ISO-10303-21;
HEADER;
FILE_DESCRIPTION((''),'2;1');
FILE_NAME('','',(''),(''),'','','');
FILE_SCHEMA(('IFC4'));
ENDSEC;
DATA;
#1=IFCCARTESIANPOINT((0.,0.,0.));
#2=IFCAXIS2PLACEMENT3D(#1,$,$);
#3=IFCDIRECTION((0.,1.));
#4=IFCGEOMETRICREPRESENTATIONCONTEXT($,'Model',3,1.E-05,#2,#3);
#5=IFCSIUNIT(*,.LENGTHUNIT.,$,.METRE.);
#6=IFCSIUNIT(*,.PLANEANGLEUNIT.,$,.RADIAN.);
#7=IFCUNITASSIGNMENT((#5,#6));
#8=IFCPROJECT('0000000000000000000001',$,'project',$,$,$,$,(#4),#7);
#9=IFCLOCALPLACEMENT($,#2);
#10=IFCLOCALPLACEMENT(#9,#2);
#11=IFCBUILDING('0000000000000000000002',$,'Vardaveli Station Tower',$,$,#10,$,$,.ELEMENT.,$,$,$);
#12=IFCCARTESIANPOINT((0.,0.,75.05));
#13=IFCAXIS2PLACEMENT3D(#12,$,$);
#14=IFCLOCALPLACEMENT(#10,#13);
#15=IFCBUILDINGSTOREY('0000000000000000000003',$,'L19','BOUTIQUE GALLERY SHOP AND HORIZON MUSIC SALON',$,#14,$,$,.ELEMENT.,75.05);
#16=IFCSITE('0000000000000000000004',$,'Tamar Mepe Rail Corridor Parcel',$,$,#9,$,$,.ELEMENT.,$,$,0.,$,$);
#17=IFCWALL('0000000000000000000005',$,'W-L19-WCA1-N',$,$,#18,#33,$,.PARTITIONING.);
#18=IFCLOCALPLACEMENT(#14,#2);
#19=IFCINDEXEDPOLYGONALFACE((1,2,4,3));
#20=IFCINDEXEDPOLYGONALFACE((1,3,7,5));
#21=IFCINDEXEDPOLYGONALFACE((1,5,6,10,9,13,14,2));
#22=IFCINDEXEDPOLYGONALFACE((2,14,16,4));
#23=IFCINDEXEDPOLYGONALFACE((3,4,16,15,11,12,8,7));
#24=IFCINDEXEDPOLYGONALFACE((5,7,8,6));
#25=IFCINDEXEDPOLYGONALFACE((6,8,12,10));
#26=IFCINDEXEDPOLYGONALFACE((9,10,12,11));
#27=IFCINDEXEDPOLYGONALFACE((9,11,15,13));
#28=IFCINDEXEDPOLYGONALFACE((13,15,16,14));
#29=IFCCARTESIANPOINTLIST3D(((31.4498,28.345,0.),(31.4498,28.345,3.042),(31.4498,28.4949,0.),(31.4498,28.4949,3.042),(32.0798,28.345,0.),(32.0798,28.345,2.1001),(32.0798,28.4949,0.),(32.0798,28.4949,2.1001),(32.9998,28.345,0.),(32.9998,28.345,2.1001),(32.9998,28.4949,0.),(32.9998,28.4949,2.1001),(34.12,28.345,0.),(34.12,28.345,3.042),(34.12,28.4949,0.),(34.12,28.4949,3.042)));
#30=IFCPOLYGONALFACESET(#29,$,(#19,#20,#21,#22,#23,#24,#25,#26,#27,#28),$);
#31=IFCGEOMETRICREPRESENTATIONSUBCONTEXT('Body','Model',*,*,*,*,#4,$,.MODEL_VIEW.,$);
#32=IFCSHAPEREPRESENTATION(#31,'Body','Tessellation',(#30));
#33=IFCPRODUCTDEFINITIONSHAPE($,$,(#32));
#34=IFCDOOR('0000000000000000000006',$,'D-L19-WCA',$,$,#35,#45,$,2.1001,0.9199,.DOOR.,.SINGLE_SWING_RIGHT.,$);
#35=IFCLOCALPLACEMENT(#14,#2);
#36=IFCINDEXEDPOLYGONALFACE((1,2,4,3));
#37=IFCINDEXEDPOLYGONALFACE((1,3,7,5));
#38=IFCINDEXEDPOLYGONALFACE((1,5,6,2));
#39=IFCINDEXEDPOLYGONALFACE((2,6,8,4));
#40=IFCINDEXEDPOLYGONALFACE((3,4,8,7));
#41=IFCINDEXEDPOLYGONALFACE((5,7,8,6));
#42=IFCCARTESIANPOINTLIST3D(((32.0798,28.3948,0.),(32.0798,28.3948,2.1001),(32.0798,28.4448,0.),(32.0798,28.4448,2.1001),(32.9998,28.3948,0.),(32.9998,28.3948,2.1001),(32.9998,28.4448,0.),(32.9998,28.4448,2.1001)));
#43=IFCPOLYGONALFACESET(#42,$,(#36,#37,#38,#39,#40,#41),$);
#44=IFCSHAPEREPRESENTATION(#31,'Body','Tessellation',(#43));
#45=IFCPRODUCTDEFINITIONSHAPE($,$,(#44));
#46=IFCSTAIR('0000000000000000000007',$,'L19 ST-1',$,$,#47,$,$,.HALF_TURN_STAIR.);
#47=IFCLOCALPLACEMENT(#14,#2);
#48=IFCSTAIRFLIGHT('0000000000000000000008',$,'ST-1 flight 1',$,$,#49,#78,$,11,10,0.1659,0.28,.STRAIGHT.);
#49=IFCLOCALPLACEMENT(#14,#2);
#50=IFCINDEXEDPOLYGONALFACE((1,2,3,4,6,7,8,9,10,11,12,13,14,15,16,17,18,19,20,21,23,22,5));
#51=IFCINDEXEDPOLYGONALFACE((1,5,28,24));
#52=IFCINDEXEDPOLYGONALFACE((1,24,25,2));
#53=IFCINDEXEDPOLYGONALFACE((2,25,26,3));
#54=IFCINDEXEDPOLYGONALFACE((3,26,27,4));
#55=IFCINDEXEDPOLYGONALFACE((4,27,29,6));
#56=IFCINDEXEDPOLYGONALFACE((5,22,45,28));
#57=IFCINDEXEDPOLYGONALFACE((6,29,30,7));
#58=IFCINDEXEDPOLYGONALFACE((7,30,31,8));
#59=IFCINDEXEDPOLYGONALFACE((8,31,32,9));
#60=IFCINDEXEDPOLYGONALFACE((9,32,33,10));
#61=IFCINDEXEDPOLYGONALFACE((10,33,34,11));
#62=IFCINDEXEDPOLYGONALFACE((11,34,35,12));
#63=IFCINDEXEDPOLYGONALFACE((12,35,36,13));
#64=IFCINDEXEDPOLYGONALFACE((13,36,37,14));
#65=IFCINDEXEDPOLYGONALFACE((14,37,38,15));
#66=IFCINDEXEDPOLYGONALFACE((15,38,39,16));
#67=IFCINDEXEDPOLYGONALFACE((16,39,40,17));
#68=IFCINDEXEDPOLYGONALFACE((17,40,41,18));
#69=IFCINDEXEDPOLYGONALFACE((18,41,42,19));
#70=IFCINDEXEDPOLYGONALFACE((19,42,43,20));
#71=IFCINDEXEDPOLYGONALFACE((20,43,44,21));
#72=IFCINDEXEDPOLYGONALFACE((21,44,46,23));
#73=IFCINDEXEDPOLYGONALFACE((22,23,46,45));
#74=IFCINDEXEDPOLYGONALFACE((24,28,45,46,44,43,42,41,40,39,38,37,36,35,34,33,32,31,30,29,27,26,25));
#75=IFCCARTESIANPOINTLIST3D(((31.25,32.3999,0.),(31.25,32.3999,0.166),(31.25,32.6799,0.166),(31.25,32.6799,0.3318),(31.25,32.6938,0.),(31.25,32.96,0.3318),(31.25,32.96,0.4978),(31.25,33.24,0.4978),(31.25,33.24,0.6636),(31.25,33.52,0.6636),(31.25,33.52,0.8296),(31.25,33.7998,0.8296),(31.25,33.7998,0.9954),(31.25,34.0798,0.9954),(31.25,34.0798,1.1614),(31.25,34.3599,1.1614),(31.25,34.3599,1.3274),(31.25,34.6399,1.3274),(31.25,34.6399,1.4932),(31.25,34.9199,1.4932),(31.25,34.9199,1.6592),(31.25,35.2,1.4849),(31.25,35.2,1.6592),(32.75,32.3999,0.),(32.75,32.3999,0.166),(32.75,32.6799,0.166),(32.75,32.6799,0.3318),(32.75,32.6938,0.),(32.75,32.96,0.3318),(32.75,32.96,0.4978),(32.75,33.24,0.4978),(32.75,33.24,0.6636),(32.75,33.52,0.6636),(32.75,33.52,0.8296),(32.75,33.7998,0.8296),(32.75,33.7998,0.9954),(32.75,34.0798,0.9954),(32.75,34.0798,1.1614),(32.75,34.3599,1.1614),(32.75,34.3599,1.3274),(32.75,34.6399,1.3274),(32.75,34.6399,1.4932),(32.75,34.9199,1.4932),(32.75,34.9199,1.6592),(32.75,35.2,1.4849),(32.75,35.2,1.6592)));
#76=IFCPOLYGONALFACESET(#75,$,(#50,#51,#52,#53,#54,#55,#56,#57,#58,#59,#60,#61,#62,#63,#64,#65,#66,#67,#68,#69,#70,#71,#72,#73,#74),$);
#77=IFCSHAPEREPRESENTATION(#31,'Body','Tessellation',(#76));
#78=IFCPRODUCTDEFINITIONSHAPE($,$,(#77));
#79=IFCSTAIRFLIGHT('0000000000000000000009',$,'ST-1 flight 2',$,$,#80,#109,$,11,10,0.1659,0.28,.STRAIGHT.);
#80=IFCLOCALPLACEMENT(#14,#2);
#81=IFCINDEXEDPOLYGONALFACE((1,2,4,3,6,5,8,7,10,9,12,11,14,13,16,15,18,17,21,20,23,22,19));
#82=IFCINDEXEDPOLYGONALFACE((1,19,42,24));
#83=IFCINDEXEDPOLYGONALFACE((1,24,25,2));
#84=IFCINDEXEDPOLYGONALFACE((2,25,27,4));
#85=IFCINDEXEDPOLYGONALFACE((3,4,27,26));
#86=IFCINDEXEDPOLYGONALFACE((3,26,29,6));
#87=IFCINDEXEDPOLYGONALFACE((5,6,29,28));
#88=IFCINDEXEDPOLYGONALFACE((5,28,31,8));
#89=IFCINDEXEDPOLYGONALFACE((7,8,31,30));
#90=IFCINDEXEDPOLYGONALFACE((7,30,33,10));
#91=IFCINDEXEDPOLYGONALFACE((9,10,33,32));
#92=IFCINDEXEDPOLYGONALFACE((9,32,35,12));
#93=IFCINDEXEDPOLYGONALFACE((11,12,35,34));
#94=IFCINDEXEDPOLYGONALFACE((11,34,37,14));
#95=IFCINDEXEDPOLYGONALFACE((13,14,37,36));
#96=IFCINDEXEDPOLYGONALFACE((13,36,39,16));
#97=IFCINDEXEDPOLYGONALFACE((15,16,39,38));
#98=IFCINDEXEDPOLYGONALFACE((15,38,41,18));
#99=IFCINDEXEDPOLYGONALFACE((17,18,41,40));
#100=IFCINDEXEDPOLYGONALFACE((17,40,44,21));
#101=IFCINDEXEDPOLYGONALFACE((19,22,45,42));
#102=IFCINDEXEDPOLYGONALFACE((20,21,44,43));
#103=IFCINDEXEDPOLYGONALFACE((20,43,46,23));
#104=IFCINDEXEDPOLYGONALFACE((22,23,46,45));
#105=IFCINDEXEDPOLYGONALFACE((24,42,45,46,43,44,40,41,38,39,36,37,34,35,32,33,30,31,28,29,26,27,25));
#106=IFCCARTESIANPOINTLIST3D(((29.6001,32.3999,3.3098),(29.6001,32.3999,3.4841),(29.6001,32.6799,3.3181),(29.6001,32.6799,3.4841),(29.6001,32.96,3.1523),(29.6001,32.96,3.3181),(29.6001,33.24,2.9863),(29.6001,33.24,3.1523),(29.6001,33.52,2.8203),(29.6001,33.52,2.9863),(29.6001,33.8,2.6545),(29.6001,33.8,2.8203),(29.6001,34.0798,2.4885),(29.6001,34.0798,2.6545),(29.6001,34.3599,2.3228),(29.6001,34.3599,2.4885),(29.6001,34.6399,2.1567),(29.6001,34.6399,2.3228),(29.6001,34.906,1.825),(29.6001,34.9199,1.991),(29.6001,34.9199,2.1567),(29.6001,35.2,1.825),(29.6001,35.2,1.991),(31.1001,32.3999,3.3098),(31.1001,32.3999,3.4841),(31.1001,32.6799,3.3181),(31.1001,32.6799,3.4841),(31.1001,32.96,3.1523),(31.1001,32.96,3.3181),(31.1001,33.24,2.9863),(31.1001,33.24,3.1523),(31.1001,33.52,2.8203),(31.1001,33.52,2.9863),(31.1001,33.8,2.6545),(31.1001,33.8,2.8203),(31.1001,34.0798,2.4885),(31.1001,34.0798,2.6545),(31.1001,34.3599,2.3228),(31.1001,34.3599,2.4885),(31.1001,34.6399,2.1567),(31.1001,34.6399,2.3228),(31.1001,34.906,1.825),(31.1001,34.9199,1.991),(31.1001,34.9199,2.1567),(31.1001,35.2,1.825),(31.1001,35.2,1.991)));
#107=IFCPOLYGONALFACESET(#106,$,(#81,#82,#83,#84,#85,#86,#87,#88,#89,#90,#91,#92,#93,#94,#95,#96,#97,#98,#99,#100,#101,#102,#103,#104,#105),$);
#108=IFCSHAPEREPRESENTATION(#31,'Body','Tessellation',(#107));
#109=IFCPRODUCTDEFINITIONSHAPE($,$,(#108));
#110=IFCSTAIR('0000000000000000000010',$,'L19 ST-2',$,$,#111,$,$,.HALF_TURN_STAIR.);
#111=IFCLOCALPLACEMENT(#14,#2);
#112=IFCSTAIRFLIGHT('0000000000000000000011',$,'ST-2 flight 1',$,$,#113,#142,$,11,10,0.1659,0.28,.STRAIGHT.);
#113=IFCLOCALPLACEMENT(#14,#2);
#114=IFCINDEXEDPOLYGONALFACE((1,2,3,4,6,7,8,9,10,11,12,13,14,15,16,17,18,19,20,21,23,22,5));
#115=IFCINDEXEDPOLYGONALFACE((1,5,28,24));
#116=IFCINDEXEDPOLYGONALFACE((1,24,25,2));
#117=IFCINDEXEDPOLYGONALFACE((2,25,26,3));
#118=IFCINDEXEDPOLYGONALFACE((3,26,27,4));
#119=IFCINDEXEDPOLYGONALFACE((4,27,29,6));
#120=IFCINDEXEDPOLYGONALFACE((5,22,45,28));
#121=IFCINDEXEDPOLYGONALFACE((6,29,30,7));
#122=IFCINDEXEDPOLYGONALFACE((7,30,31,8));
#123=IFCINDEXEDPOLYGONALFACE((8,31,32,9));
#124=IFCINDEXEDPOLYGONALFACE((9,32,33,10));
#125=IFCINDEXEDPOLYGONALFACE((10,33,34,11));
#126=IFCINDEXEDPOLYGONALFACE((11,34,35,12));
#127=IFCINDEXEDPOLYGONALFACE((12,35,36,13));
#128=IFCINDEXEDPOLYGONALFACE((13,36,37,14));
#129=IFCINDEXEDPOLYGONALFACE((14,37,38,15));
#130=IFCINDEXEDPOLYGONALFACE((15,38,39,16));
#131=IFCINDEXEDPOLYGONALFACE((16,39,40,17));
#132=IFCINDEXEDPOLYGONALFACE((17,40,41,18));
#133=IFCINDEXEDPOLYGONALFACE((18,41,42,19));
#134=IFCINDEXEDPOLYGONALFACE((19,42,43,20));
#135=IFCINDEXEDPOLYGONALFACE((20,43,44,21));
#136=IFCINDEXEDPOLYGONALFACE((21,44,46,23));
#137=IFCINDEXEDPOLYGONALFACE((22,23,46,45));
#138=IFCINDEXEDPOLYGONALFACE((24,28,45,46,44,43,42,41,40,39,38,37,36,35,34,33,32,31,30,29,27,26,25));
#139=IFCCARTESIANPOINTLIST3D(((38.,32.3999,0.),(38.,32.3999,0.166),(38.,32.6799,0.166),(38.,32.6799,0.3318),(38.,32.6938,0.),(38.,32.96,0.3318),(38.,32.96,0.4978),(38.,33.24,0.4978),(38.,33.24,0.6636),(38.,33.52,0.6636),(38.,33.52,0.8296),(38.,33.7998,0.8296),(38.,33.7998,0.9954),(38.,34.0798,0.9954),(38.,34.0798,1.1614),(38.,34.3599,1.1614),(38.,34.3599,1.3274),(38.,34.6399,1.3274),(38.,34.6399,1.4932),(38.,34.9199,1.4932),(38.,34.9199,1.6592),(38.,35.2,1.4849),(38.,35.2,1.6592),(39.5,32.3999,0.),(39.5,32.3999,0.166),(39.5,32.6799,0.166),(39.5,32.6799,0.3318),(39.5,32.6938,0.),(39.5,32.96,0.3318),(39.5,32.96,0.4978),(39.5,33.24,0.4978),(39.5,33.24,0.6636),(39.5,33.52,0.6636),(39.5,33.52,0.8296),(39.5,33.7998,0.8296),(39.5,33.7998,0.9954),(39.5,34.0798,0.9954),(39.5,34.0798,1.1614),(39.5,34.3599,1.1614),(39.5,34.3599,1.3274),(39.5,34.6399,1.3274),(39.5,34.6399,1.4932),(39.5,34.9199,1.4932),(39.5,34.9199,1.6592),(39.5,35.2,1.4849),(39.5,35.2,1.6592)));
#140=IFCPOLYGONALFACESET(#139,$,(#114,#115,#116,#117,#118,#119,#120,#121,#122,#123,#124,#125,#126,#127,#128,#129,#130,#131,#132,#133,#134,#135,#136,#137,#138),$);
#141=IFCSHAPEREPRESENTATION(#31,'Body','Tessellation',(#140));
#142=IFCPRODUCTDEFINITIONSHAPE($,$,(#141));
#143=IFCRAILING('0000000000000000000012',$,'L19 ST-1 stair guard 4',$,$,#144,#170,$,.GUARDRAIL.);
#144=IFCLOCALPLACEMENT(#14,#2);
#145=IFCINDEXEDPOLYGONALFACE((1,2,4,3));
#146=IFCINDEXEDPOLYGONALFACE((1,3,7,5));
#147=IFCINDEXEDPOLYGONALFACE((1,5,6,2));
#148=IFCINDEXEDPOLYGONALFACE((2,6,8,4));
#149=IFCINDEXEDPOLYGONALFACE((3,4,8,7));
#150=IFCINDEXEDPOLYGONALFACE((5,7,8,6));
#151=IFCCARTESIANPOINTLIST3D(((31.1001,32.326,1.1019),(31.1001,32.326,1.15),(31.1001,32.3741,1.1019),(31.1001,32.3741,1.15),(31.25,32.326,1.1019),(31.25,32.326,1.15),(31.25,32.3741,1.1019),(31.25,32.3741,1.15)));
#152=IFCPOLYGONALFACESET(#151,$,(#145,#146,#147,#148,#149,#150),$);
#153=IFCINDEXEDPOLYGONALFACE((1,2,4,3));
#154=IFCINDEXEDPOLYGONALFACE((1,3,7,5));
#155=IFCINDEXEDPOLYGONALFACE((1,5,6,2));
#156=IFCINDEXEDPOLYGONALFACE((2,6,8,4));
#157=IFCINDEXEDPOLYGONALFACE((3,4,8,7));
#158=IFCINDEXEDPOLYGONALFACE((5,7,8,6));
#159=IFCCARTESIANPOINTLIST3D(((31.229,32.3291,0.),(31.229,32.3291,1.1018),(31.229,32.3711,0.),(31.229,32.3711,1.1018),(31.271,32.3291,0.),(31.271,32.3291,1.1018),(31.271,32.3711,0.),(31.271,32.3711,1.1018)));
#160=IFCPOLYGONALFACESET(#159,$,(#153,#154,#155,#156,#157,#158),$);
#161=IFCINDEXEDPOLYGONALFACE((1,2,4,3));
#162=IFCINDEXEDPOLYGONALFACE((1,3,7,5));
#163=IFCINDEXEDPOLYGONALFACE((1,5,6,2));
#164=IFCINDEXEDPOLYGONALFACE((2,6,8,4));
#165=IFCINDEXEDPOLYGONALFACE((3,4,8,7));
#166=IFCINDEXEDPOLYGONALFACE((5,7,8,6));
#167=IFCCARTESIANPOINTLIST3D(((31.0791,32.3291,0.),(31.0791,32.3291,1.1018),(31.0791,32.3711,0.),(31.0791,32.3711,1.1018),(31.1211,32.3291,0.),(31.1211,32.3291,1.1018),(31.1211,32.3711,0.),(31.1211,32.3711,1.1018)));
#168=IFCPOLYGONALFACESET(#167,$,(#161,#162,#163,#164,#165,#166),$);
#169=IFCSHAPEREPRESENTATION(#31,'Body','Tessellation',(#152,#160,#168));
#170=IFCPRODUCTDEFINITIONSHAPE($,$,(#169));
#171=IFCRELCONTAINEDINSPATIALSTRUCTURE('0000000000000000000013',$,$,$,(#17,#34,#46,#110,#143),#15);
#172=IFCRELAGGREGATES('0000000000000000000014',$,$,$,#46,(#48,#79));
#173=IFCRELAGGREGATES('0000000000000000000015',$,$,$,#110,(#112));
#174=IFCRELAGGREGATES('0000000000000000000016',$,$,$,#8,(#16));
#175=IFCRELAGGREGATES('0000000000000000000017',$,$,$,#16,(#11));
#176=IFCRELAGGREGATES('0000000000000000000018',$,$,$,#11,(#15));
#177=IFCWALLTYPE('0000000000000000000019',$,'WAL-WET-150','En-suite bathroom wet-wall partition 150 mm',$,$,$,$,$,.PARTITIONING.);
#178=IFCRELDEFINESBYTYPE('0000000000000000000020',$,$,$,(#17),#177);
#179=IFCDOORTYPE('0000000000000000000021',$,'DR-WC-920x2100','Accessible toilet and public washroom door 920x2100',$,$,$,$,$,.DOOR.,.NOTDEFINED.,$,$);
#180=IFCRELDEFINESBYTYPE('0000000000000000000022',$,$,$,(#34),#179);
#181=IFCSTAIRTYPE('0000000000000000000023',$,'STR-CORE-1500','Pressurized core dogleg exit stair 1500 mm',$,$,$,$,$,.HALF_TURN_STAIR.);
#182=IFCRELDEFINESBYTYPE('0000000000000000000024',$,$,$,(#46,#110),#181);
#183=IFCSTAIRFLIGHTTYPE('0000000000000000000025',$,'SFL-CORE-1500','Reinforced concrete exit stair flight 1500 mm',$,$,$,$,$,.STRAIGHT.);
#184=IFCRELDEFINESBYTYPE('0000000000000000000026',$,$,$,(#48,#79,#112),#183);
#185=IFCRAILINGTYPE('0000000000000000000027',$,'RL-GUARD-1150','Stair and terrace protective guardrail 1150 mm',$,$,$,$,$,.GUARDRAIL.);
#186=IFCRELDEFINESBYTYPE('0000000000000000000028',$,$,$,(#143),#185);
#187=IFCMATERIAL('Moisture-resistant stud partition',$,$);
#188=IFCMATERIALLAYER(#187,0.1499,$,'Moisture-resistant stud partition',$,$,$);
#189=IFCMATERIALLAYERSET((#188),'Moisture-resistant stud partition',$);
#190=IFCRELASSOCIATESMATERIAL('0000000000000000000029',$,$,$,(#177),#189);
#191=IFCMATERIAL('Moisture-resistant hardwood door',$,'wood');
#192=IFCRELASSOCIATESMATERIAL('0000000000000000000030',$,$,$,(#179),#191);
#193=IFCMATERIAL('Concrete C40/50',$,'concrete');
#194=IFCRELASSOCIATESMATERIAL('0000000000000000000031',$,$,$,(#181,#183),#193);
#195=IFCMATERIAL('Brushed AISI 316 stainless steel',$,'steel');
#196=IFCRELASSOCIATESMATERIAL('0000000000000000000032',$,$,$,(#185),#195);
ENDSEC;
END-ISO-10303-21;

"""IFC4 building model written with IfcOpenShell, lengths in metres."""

from ifc_helpers import new_model, si_unit, direction, frame, frame_2d, origin, origin_2d, place, context, subcontext, project, spatial, polyline, rectangle, outline, extrude, source, transform, mapped, material, layer, layer_set, type_object, element, fill, aggregate, save


model = new_model("IFC4")

# Units and contexts
model_context = context("Model", 3, precision=1e-05, world=origin(), true_north=direction((0.0, 1.0)))
body_context = subcontext(model_context, "Body", "Model", "MODEL_VIEW")
ifc_project = project(units=[si_unit("LENGTHUNIT", "METRE"), si_unit("PLANEANGLEUNIT", "RADIAN")], contexts=[model_context])

# Site, building, storey
site_placement = place(None, origin())
site = spatial("IfcSite", under=ifc_project, at=site_placement, Name="Tamar Mepe Rail Corridor Parcel", CompositionType="ELEMENT", RefElevation=0.0)
building_placement = place(site_placement, origin())
building = spatial("IfcBuilding", under=site, at=building_placement, Name="Vardaveli Station Tower", CompositionType="ELEMENT")
storey_placement = place(building_placement, frame((0.0, 0.0, 75.05)))
storey = spatial("IfcBuildingStorey", under=building, at=storey_placement, Name="L19", Description="BOUTIQUE GALLERY SHOP AND HORIZON MUSIC SALON", CompositionType="ELEMENT", Elevation=75.05)

# Shared definitions
ifc_material_1 = material(Name="Concrete C40/50", Category="concrete")

# Wall, opening, door
ifc_material_2 = material(Name="Moisture-resistant stud partition")
ifc_layer_1 = layer(ifc_material_2, 0.1499, Name="Moisture-resistant stud partition")
ifc_layer_set_1 = layer_set([ifc_layer_1], Name="Moisture-resistant stud partition")
wall_type_1 = type_object("IfcWallType", Name="WAL-WET-150", Description="En-suite bathroom wet-wall partition 150 mm", PredefinedType="PARTITIONING", material=ifc_layer_set_1)
shared_shape_1 = source(origin(), body_context, "Body", "SweptSolid", [
    extrude(rectangle(XDim=2.6702, YDim=0.1499, at=frame_2d((1.335, 0.0))), origin(), (0.0, 0.0, 1.0), 3.042),
])
wall_1_placement = place(storey_placement, frame((31.45, 28.4199, 0.0), z_axis=(0.0, 0.0, 1.0), x_axis=(1.0, 0.0, 0.0)))
wall_1 = element("IfcWall", 1, at=wall_1_placement, inside=storey, type_object=wall_type_1, Name="W-L19-WCA1-N", PredefinedType="PARTITIONING", context=body_context, shape_type="MappedRepresentation", body=[
    mapped(shared_shape_1, transform((0.0, 0.0, 0.0), scale=1.0)),
])
shared_shape_2 = source(origin(), body_context, "Body", "SweptSolid", [
    extrude(rectangle(XDim=0.9199, YDim=2.1001, at=frame_2d((0.46, 1.05))), frame((0.0, 0.085, 0.0), z_axis=(0.0, -1.0, 0.0), x_axis=(1.0, 0.0, 0.0)), (0.0, 0.0, 1.0), 0.1699),
])
opening_1_placement = place(wall_1_placement, frame((0.6299, 0.0, 0.0)))
opening_1 = element("IfcOpeningElement", 2, at=opening_1_placement, cuts=wall_1, PredefinedType="OPENING", context=body_context, shape_type="MappedRepresentation", body=[
    mapped(shared_shape_2, transform((0.0, 0.0, 0.0), scale=1.0)),
])
ifc_material_3 = material(Name="Moisture-resistant hardwood door", Category="wood")
door_type_1 = type_object("IfcDoorType", Name="DR-WC-920x2100", Description="Accessible toilet and public washroom door 920x2100", OperationType="NOTDEFINED", PredefinedType="DOOR", material=ifc_material_3)
shared_shape_3 = source(origin(), body_context, "Body", "SweptSolid", [
    extrude(rectangle(XDim=0.9199, YDim=2.1001, at=frame_2d((0.46, 1.05))), frame((0.0, 0.0249, 0.0), z_axis=(0.0, -1.0, 0.0), x_axis=(1.0, 0.0, 0.0)), (0.0, 0.0, 1.0), 0.05),
])
door_1_placement = place(opening_1_placement, origin())
door_1 = element("IfcDoor", 3, at=door_1_placement, inside=storey, type_object=door_type_1, Name="D-L19-WCA", OperationType="SINGLE_SWING_RIGHT", OverallHeight=2.1001, OverallWidth=0.9199, PredefinedType="DOOR", context=body_context, shape_type="MappedRepresentation", body=[
    mapped(shared_shape_3, transform((0.0, 0.0, 0.0), scale=1.0)),
])
fill(opening_1, door_1)

# Stair, stair flights
stair_type = type_object("IfcStairType", Name="STR-CORE-1500", Description="Pressurized core dogleg exit stair 1500 mm", PredefinedType="HALF_TURN_STAIR", material=ifc_material_1)
stair_1_placement = place(storey_placement, origin())
stair_1 = element("IfcStair", 4, at=stair_1_placement, inside=storey, type_object=stair_type, Name="L19 ST-1", PredefinedType="HALF_TURN_STAIR")
stair_flight_type = type_object("IfcStairFlightType", Name="SFL-CORE-1500", Description="Reinforced concrete exit stair flight 1500 mm", PredefinedType="STRAIGHT", material=ifc_material_1)
shared_shape_4 = source(origin(), body_context, "Body", "SweptSolid", [
    extrude(outline(polyline([(0.0, 0.0), (0.0, 0.166), (0.28, 0.166), (0.28, 0.3318), (0.5601, 0.3318), (0.5601, 0.4978), (0.8401, 0.4978), (0.8401, 0.6636), (1.1201, 0.6636), (1.1201, 0.8296), (1.3999, 0.8296), (1.3999, 0.9954), (1.6799, 0.9954), (1.6799, 1.1614), (1.96, 1.1614), (1.96, 1.3274), (2.24, 1.3274), (2.24, 1.4932), (2.52, 1.4932), (2.52, 1.6592), (2.8, 1.6592), (2.8, 1.825), (2.8, 1.4849), (0.2939, 0.0), (0.0, 0.0)])), frame((0.0, 0.75, 0.0), z_axis=(0.0, -1.0, 0.0), x_axis=(1.0, 0.0, 0.0)), (0.0, 0.0, 1.0), 1.5),
])
stair_flight_1_placement = place(storey_placement, frame((32.0, 32.3999, 0.0), z_axis=(0.0, 0.0, 1.0), x_axis=(0.0, 1.0, 0.0)))
stair_flight_1 = element("IfcStairFlight", 5, at=stair_flight_1_placement, type_object=stair_flight_type, Name="ST-1 flight 1", NumberOfRisers=11, NumberOfTreads=10, PredefinedType="STRAIGHT", RiserHeight=0.1659, TreadLength=0.28, context=body_context, shape_type="MappedRepresentation", body=[
    mapped(shared_shape_4, transform((0.0, 0.0, 0.0), scale=1.0)),
])
stair_flight_2_placement = place(storey_placement, frame((30.3501, 35.2, 1.825), z_axis=(0.0, 0.0, 1.0), x_axis=(0.0, -1.0, 0.0)))
stair_flight_2 = element("IfcStairFlight", 6, at=stair_flight_2_placement, type_object=stair_flight_type, Name="ST-1 flight 2", NumberOfRisers=11, NumberOfTreads=10, PredefinedType="STRAIGHT", RiserHeight=0.1659, TreadLength=0.28, context=body_context, shape_type="MappedRepresentation", body=[
    mapped(shared_shape_4, transform((0.0, 0.0, 0.0), scale=1.0)),
])
aggregate(stair_1, [stair_flight_1, stair_flight_2])

# Stair, stair flight
stair_2_placement = place(storey_placement, origin())
stair_2 = element("IfcStair", 7, at=stair_2_placement, inside=storey, type_object=stair_type, Name="L19 ST-2", PredefinedType="HALF_TURN_STAIR")
stair_flight_3_placement = place(storey_placement, frame((38.75, 32.3999, 0.0), z_axis=(0.0, 0.0, 1.0), x_axis=(0.0, 1.0, 0.0)))
stair_flight_3 = element("IfcStairFlight", 8, at=stair_flight_3_placement, type_object=stair_flight_type, Name="ST-2 flight 1", NumberOfRisers=11, NumberOfTreads=10, PredefinedType="STRAIGHT", RiserHeight=0.1659, TreadLength=0.28, context=body_context, shape_type="MappedRepresentation", body=[
    mapped(shared_shape_4, transform((0.0, 0.0, 0.0), scale=1.0)),
])
aggregate(stair_2, [stair_flight_3])

# Railing
ifc_material_4 = material(Name="Brushed AISI 316 stainless steel", Category="steel")
railing_type_1 = type_object("IfcRailingType", Name="RL-GUARD-1150", Description="Stair and terrace protective guardrail 1150 mm", PredefinedType="GUARDRAIL", material=ifc_material_4)
shared_shape_5 = source(origin(), body_context, "Body", "SweptSolid", [
    extrude(rectangle(XDim=0.0481, YDim=0.0481, at=origin_2d()), frame((0.0, 0.0, 1.126), z_axis=(-1.0, 0.0, 0.0), x_axis=(0.0, -1.0, 0.0)), (0.0, 0.0, 1.0), 0.1499),
    extrude(rectangle(XDim=0.042, YDim=0.042, at=origin_2d()), origin(), (0.0, 0.0, 1.0), 1.1018),
    extrude(rectangle(XDim=0.042, YDim=0.042, at=origin_2d()), frame((-0.1499, 0.0, 0.0)), (0.0, 0.0, 1.0), 1.1018),
])
for number, where, name in (
    (9, (31.25, 32.3501, 0.0), "L19 ST-1 stair guard 4"),
):
    element("IfcRailing", number, at=place(storey_placement, frame(where)), inside=storey, type_object=railing_type_1, Name=name, PredefinedType="GUARDRAIL", context=body_context, shape_type="MappedRepresentation", body=[
        mapped(shared_shape_5, transform((0.0, 0.0, 0.0), scale=1.0)),
    ])

save(model, "model.ifc")
